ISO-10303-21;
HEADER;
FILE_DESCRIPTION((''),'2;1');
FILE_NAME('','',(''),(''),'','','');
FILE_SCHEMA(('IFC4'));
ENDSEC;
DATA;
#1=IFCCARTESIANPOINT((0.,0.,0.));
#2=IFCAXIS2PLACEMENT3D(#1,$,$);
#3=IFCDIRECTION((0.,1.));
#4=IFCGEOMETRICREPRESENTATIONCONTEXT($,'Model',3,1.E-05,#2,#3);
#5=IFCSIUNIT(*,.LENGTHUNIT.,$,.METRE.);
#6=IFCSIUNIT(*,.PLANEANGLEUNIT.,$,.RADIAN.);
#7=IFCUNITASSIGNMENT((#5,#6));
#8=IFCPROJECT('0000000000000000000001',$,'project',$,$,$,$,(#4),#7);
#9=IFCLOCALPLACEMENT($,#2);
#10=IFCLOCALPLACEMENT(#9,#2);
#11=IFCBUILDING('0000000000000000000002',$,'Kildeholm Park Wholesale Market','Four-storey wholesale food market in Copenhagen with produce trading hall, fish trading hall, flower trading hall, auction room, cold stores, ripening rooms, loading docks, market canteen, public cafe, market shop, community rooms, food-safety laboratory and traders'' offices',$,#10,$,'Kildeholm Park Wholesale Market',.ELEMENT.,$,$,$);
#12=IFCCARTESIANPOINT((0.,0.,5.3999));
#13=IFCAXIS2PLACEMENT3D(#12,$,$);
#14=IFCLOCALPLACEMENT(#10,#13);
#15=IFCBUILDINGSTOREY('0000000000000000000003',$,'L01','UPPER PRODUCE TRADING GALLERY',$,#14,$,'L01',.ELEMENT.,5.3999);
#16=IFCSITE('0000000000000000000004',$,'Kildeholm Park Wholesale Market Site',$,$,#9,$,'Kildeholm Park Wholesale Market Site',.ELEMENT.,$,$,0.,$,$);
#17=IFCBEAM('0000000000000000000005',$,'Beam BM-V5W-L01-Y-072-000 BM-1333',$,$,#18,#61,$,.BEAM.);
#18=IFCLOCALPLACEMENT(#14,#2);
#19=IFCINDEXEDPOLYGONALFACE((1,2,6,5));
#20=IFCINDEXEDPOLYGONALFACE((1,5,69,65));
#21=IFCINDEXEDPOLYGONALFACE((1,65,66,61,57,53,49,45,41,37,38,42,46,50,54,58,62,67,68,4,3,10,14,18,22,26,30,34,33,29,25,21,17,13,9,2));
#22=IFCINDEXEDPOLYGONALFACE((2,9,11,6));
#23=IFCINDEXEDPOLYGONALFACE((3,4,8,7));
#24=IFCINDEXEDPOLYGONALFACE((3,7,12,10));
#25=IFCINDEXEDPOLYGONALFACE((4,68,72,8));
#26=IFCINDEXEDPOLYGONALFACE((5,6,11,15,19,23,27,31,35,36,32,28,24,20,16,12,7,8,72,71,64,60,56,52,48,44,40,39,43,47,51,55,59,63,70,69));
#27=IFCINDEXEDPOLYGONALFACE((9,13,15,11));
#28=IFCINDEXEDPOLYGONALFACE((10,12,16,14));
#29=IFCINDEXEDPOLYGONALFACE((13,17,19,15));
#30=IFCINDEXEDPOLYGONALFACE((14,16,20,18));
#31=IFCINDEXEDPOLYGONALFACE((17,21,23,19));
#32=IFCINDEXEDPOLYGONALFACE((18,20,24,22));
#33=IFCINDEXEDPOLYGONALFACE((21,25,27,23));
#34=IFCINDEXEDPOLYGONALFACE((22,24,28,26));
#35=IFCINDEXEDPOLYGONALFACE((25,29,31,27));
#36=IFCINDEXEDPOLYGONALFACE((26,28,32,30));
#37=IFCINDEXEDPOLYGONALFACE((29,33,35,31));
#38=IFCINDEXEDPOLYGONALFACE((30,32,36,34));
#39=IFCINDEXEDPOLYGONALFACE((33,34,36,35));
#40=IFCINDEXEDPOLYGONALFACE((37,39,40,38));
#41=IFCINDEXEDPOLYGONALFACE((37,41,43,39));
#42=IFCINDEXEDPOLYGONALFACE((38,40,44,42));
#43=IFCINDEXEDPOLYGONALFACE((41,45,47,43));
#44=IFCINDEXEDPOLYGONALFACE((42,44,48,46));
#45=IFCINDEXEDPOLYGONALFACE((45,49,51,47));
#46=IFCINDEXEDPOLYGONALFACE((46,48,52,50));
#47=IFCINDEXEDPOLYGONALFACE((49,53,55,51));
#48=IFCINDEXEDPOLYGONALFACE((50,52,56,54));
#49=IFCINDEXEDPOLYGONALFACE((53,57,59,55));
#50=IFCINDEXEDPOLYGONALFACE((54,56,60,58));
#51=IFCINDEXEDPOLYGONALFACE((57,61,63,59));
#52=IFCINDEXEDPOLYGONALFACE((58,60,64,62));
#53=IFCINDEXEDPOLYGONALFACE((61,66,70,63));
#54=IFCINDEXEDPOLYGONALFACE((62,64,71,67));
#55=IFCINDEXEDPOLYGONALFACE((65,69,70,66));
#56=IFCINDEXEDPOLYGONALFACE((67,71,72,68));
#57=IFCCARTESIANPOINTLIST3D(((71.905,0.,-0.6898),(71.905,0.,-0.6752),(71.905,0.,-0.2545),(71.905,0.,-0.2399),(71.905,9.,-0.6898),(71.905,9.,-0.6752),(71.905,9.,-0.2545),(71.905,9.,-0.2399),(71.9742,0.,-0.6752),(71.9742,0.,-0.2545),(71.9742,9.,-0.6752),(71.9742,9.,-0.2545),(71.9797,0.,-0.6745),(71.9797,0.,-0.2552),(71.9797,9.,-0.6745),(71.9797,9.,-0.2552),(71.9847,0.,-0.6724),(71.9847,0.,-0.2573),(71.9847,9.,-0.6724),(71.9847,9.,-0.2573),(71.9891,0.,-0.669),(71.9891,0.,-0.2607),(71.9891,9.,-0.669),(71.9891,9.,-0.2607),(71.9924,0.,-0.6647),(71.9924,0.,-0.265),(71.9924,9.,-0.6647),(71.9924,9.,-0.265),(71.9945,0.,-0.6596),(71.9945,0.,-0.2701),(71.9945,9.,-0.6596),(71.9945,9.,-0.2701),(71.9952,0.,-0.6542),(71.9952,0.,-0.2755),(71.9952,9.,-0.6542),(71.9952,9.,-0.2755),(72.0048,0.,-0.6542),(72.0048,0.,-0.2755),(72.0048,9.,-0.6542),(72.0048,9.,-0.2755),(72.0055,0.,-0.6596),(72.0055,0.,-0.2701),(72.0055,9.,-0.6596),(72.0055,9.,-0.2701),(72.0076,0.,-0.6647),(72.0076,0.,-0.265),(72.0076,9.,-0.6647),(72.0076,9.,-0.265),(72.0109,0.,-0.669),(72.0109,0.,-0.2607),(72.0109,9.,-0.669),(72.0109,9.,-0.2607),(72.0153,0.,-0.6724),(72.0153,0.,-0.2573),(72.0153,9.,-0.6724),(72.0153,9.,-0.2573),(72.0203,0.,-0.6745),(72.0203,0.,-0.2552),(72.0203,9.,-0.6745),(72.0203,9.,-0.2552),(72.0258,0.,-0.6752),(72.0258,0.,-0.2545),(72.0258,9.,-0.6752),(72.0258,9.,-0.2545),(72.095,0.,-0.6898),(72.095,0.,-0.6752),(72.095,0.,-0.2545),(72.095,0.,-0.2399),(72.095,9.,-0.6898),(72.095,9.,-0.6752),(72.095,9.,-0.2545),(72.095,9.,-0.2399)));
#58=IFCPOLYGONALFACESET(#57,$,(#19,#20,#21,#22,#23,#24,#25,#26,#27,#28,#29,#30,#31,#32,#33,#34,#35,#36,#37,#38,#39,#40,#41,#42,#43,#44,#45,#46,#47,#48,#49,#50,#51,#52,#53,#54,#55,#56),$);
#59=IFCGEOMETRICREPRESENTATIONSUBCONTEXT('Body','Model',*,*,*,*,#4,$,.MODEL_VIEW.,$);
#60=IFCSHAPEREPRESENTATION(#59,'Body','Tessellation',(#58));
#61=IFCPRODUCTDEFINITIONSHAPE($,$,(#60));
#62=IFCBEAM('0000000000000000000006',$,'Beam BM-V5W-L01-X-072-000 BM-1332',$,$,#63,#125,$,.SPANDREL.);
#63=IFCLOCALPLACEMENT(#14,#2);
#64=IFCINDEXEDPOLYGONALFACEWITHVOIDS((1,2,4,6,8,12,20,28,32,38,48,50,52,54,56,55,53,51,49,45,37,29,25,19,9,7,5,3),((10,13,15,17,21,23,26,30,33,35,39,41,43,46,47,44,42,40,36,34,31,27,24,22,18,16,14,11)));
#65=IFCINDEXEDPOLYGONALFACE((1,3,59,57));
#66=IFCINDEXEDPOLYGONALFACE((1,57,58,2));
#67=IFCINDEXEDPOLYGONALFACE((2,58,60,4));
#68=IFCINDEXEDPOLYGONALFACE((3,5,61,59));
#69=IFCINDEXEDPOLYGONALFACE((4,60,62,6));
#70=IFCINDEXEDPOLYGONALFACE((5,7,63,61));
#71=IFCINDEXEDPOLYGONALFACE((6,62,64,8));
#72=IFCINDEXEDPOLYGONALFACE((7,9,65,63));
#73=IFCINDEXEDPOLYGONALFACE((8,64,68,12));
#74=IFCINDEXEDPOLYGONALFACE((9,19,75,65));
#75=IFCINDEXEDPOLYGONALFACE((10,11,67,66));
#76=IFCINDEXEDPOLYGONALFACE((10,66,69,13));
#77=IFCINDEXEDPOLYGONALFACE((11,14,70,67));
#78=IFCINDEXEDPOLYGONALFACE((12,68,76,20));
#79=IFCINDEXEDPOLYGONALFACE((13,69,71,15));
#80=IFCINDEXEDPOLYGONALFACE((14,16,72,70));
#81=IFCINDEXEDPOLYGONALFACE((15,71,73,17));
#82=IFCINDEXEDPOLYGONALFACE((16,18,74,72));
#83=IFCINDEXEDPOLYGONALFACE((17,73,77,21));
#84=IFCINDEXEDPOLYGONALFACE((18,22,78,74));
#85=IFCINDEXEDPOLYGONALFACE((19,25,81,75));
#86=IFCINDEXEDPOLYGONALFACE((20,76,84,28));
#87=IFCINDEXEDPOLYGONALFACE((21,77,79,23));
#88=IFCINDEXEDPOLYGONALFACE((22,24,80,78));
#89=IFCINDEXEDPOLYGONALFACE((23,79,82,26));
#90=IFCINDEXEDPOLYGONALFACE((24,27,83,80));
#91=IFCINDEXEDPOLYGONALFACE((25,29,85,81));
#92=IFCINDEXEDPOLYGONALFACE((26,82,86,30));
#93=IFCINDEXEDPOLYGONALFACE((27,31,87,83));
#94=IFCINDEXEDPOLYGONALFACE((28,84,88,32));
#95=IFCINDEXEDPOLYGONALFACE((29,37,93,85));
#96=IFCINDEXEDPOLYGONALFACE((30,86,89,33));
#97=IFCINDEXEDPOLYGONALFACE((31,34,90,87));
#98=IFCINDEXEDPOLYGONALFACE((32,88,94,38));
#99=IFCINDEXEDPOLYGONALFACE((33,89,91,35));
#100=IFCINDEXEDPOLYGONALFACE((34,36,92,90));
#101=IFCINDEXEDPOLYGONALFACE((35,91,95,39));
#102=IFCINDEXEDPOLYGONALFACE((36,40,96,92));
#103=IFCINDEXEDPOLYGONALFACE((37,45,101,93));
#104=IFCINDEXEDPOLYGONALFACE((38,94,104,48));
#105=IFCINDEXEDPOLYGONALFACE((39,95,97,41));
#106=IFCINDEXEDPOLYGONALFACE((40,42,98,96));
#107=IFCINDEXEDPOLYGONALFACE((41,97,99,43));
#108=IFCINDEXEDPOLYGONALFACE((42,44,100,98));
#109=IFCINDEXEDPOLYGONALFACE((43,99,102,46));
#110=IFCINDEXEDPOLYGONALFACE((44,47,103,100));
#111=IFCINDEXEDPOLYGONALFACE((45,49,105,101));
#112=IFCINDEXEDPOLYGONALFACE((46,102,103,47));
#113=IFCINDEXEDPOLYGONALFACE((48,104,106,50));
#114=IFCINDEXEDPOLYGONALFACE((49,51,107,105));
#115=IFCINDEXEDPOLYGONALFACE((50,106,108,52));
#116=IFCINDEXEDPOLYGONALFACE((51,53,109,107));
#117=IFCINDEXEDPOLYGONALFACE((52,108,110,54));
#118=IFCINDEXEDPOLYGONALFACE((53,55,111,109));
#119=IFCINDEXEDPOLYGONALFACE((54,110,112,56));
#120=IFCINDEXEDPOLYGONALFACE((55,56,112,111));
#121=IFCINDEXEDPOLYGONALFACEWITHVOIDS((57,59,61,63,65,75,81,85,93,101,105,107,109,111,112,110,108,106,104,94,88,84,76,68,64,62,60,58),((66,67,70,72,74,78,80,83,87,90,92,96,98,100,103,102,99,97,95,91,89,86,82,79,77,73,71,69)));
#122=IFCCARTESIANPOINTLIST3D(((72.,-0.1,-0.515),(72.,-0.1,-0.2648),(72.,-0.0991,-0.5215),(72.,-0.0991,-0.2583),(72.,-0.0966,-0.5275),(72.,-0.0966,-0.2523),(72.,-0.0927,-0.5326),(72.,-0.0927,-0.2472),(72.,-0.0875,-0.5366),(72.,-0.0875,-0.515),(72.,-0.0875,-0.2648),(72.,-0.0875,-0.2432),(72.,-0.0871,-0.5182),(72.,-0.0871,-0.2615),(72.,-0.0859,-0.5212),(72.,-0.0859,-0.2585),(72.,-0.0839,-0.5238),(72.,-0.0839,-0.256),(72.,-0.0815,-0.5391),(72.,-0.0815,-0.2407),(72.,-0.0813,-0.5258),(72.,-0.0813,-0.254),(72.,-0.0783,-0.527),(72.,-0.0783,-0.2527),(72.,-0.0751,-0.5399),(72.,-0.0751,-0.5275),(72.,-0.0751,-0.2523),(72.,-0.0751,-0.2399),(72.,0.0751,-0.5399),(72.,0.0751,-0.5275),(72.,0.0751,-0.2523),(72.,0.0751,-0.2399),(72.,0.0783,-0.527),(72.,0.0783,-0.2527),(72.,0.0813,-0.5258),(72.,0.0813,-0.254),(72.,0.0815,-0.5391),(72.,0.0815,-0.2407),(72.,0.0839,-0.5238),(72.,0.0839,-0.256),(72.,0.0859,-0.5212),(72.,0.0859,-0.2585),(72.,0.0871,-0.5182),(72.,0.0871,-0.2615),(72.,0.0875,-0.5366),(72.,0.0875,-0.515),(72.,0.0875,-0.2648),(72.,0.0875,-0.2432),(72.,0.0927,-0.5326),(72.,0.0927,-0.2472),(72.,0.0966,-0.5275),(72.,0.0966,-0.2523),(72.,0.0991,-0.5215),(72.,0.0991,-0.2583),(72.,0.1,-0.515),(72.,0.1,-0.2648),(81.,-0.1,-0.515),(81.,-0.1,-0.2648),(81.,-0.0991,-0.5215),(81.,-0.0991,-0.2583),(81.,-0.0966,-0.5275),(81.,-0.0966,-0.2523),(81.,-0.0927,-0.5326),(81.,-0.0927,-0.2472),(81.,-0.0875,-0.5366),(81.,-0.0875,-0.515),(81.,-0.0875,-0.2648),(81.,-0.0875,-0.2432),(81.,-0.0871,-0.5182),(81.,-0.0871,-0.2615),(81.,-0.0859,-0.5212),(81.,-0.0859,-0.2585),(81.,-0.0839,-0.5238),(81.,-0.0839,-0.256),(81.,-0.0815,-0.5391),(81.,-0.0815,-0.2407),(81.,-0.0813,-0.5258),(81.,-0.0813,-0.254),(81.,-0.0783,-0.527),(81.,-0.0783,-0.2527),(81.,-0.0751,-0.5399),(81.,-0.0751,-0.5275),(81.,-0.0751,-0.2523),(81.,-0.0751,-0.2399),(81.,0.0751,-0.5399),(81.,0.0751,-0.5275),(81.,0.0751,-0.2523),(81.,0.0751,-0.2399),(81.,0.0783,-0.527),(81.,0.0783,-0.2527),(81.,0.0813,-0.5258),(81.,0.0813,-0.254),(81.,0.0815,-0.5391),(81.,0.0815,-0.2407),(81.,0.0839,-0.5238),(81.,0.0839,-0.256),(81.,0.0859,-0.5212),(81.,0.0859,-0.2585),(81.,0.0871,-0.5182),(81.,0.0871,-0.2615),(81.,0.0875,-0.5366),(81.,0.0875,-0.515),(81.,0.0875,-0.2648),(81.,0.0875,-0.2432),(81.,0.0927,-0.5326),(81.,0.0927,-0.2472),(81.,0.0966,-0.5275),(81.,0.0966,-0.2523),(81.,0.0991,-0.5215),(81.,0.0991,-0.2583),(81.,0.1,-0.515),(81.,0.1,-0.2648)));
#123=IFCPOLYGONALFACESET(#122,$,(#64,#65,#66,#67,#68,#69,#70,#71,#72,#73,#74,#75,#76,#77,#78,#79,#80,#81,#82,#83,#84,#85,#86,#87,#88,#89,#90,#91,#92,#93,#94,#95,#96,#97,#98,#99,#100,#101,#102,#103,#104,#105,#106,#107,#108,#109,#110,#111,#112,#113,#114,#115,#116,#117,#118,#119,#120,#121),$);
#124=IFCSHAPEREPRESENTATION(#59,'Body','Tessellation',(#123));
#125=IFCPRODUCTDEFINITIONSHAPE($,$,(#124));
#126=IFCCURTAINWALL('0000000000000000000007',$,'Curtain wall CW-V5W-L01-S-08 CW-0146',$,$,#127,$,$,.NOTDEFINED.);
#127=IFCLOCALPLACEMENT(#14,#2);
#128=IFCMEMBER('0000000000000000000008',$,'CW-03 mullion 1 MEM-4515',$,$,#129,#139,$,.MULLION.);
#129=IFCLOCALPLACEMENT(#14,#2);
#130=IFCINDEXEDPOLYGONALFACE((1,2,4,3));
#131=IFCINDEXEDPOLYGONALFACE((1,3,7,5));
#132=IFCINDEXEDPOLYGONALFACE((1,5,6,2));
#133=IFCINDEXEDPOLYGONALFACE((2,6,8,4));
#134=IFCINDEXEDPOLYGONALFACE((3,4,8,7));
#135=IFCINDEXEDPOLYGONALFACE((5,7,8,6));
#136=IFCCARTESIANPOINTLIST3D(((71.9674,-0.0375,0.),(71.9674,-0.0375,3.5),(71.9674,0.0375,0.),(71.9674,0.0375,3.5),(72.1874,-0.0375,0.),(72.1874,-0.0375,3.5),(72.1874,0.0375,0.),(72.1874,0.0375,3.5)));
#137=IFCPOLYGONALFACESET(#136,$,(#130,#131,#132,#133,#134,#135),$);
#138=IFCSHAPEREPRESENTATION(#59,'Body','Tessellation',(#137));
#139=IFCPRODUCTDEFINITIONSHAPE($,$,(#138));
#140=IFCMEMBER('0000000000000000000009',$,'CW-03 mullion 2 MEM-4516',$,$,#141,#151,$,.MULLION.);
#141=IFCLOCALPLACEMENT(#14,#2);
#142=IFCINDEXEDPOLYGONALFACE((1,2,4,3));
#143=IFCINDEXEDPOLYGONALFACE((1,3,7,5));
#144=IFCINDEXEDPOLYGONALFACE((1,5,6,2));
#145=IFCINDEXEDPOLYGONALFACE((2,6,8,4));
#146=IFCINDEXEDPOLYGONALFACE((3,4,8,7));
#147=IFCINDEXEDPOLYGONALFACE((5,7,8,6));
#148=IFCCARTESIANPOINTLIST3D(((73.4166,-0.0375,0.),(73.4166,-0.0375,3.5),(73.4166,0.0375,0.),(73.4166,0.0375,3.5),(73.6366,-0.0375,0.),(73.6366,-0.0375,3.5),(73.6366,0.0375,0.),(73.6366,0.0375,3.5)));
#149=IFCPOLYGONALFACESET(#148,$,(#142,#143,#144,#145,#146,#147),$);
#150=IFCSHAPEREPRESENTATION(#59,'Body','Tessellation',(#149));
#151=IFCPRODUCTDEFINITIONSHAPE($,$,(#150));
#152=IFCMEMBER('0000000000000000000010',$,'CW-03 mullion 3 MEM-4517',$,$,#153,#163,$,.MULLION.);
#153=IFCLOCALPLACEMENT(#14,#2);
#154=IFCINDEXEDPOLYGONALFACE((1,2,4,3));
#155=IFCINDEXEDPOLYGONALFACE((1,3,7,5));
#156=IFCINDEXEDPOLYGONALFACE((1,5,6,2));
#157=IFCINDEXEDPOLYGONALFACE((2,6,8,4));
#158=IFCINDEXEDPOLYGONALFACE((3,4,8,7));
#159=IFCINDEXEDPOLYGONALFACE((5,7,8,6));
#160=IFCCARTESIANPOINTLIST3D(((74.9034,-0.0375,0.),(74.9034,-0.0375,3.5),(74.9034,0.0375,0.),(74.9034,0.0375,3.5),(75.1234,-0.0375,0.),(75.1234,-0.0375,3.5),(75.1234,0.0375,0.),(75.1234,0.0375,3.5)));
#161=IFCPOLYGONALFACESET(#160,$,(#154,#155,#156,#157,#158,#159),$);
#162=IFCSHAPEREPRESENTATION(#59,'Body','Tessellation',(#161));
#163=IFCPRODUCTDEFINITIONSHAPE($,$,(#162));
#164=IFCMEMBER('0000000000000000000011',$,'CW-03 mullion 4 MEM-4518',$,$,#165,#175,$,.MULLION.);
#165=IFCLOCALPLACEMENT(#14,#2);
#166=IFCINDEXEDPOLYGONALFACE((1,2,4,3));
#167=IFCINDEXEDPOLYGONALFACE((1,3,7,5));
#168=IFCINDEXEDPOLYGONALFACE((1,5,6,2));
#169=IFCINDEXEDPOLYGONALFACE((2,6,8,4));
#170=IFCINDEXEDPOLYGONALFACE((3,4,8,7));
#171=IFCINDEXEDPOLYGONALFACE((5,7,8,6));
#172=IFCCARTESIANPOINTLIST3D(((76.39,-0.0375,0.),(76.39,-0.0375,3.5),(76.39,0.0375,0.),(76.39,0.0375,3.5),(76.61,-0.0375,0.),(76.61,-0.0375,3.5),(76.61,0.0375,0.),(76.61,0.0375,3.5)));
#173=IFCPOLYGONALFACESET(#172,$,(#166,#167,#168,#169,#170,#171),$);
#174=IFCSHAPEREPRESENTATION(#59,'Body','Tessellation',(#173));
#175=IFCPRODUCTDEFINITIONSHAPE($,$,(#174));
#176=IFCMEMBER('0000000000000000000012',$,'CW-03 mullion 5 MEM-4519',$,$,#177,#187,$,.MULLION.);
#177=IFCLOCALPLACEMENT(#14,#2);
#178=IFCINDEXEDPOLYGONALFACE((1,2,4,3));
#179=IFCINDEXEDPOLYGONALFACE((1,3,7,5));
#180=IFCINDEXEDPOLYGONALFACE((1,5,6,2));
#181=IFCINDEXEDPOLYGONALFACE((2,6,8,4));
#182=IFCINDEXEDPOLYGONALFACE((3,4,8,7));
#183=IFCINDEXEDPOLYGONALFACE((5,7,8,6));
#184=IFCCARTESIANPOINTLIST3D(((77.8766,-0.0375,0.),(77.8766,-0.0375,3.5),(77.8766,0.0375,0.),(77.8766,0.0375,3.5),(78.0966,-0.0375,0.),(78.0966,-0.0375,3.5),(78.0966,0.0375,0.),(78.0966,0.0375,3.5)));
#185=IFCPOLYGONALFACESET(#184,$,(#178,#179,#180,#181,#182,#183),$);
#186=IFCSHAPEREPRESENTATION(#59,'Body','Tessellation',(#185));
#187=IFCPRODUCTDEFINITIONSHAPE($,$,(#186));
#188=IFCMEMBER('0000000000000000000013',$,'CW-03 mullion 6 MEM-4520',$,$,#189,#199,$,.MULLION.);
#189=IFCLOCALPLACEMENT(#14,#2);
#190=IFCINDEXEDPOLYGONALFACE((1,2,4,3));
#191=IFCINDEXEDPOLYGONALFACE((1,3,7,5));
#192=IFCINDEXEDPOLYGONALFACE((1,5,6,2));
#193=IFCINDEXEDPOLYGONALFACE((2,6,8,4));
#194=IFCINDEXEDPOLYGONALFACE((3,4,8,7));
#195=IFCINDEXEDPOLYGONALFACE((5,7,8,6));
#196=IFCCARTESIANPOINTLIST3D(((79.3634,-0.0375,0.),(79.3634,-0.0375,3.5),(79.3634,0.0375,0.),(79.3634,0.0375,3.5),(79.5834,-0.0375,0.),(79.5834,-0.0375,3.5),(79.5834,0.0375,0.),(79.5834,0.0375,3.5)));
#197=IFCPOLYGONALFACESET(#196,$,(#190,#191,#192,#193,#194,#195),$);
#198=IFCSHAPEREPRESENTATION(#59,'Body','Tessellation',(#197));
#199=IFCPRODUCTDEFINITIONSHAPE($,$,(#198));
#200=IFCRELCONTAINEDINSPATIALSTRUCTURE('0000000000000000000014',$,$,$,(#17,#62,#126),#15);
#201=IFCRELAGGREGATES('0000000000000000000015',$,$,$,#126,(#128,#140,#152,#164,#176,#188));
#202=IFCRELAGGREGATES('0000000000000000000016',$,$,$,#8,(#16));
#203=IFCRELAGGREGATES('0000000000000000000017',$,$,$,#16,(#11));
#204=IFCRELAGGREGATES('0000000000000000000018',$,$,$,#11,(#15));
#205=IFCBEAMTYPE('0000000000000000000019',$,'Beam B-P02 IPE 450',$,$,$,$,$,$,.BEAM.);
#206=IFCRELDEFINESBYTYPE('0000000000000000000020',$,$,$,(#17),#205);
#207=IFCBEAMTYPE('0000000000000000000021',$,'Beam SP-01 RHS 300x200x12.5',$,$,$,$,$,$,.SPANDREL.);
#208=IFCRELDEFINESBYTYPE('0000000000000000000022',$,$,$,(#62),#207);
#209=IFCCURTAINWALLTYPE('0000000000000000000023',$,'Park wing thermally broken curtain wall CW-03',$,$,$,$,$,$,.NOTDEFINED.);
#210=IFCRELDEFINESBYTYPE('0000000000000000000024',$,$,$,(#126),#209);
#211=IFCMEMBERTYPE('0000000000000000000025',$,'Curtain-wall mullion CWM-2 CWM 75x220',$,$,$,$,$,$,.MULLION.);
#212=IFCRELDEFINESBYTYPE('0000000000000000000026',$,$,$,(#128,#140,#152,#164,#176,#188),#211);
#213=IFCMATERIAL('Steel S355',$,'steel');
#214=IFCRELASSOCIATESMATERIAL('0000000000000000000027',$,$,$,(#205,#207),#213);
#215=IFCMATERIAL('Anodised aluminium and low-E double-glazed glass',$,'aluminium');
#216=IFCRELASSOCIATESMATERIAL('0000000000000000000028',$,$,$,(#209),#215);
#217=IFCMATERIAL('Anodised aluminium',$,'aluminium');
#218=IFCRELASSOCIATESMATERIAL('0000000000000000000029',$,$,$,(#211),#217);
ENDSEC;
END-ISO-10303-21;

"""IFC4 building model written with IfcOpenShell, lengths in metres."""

from ifc_helpers import new_model, si_unit, direction, frame, origin, origin_2d, place, context, subcontext, project, spatial, rectangle, hollow_rectangle, i_section, extrude, material, material_profile, profile_set, type_object, element, aggregate, save


model = new_model("IFC4")

# Units and contexts
model_context = context("Model", 3, precision=1e-05, world=origin(), true_north=direction((0.0, 1.0)))
body_context = subcontext(model_context, "Body", "Model", "MODEL_VIEW")
ifc_project = project(units=[si_unit("LENGTHUNIT", "METRE"), si_unit("PLANEANGLEUNIT", "RADIAN")], contexts=[model_context])

# Site, building, storey
site_placement = place(None, origin())
site = spatial("IfcSite", under=ifc_project, at=site_placement, Name="Kildeholm Park Wholesale Market Site", LongName="Kildeholm Park Wholesale Market Site", CompositionType="ELEMENT", RefElevation=0.0)
building_placement = place(site_placement, origin())
building = spatial("IfcBuilding", under=site, at=building_placement, Name="Kildeholm Park Wholesale Market", Description="Four-storey wholesale food market in Copenhagen with produce trading hall, fish trading hall, flower trading hall, auction room, cold stores, ripening rooms, loading docks, market canteen, public cafe, market shop, community rooms, food-safety laboratory and traders' offices", LongName="Kildeholm Park Wholesale Market", CompositionType="ELEMENT")
storey_placement = place(building_placement, frame((0.0, 0.0, 5.3999)))
storey = spatial("IfcBuildingStorey", under=building, at=storey_placement, Name="L01", Description="UPPER PRODUCE TRADING GALLERY", LongName="L01", CompositionType="ELEMENT", Elevation=5.3999)

# Beams
ifc_material_1 = material(Name="Steel S355", Category="steel")
ifc_material_profile_1 = material_profile(ifc_material_1, i_section(OverallWidth=0.1899, OverallDepth=0.45, WebThickness=0.0095, FlangeThickness=0.0146, FilletRadius=0.021, at=origin_2d()), Name="IPE 450")
ifc_profile_set_1 = profile_set([ifc_material_profile_1], Name="Steel S355")
beam_type_1 = type_object("IfcBeamType", Name="Beam B-P02 IPE 450", PredefinedType="BEAM", material=ifc_profile_set_1)
beam_1_placement = place(storey_placement, frame((72.0, 0.0, -0.4648), z_axis=(0.0, 1.0, 0.0), x_axis=(-1.0, 0.0, 0.0)))
element("IfcBeam", 1, at=beam_1_placement, inside=storey, type_object=beam_type_1, Name="Beam BM-V5W-L01-Y-072-000 BM-1333", PredefinedType="BEAM", context=body_context, shape_type="SweptSolid", body=[
    extrude(i_section(OverallWidth=0.1899, OverallDepth=0.45, WebThickness=0.0095, FlangeThickness=0.0146, FilletRadius=0.021, at=origin_2d()), origin(), (0.0, 0.0, 1.0), 9.0),
])
ifc_material_profile_2 = material_profile(ifc_material_1, hollow_rectangle(XDim=0.2, YDim=0.3, WallThickness=0.0125, InnerFilletRadius=0.0125, OuterFilletRadius=0.0249, at=origin_2d()), Name="RHS 300x200x12.5")
ifc_profile_set_2 = profile_set([ifc_material_profile_2], Name="Steel S355")
beam_type_2 = type_object("IfcBeamType", Name="Beam SP-01 RHS 300x200x12.5", PredefinedType="SPANDREL", material=ifc_profile_set_2)
beam_2_placement = place(storey_placement, frame((72.0, 0.0, -0.3899), z_axis=(1.0, 0.0, 0.0), x_axis=(0.0, 1.0, 0.0)))
element("IfcBeam", 2, at=beam_2_placement, inside=storey, type_object=beam_type_2, Name="Beam BM-V5W-L01-X-072-000 BM-1332", PredefinedType="SPANDREL", context=body_context, shape_type="SweptSolid", body=[
    extrude(hollow_rectangle(XDim=0.2, YDim=0.3, WallThickness=0.0125, InnerFilletRadius=0.0125, OuterFilletRadius=0.0249, at=origin_2d()), origin(), (0.0, 0.0, 1.0), 9.0),
])

# Curtain wall, members
ifc_material_2 = material(Name="Anodised aluminium and low-E double-glazed glass", Category="aluminium")
curtain_wall_type = type_object("IfcCurtainWallType", Name="Park wing thermally broken curtain wall CW-03", PredefinedType="NOTDEFINED", material=ifc_material_2)
curtain_wall_placement = place(storey_placement, origin())
curtain_wall = element("IfcCurtainWall", 3, at=curtain_wall_placement, inside=storey, type_object=curtain_wall_type, Name="Curtain wall CW-V5W-L01-S-08 CW-0146", PredefinedType="NOTDEFINED")
ifc_material_3 = material(Name="Anodised aluminium", Category="aluminium")
ifc_material_profile_3 = material_profile(ifc_material_3, rectangle(XDim=0.075, YDim=0.22, at=origin_2d()), Name="CWM 75x220")
ifc_profile_set_3 = profile_set([ifc_material_profile_3], Name="Anodised aluminium")
member_type_1 = type_object("IfcMemberType", Name="Curtain-wall mullion CWM-2 CWM 75x220", PredefinedType="MULLION", material=ifc_profile_set_3)
member_1_placement = place(storey_placement, frame((72.0774, 0.0, 0.0), z_axis=(0.0, 0.0, 1.0), x_axis=(0.0, 1.0, 0.0)))
member_1 = element("IfcMember", 4, at=member_1_placement, type_object=member_type_1, Name="CW-03 mullion 1 MEM-4515", PredefinedType="MULLION", context=body_context, shape_type="SweptSolid", body=[
    extrude(rectangle(XDim=0.075, YDim=0.22, at=origin_2d()), origin(), (0.0, 0.0, 1.0), 3.5),
])
member_2_placement = place(storey_placement, frame((73.5266, 0.0, 0.0), z_axis=(0.0, 0.0, 1.0), x_axis=(0.0, 1.0, 0.0)))
member_2 = element("IfcMember", 5, at=member_2_placement, type_object=member_type_1, Name="CW-03 mullion 2 MEM-4516", PredefinedType="MULLION", context=body_context, shape_type="SweptSolid", body=[
    extrude(rectangle(XDim=0.075, YDim=0.22, at=origin_2d()), origin(), (0.0, 0.0, 1.0), 3.5),
])
member_3_placement = place(storey_placement, frame((75.0134, 0.0, 0.0), z_axis=(0.0, 0.0, 1.0), x_axis=(0.0, 1.0, 0.0)))
member_3 = element("IfcMember", 6, at=member_3_placement, type_object=member_type_1, Name="CW-03 mullion 3 MEM-4517", PredefinedType="MULLION", context=body_context, shape_type="SweptSolid", body=[
    extrude(rectangle(XDim=0.075, YDim=0.22, at=origin_2d()), origin(), (0.0, 0.0, 1.0), 3.5),
])
member_4_placement = place(storey_placement, frame((76.5, 0.0, 0.0), z_axis=(0.0, 0.0, 1.0), x_axis=(0.0, 1.0, 0.0)))
member_4 = element("IfcMember", 7, at=member_4_placement, type_object=member_type_1, Name="CW-03 mullion 4 MEM-4518", PredefinedType="MULLION", context=body_context, shape_type="SweptSolid", body=[
    extrude(rectangle(XDim=0.075, YDim=0.22, at=origin_2d()), origin(), (0.0, 0.0, 1.0), 3.5),
])
member_5_placement = place(storey_placement, frame((77.9866, 0.0, 0.0), z_axis=(0.0, 0.0, 1.0), x_axis=(0.0, 1.0, 0.0)))
member_5 = element("IfcMember", 8, at=member_5_placement, type_object=member_type_1, Name="CW-03 mullion 5 MEM-4519", PredefinedType="MULLION", context=body_context, shape_type="SweptSolid", body=[
    extrude(rectangle(XDim=0.075, YDim=0.22, at=origin_2d()), origin(), (0.0, 0.0, 1.0), 3.5),
])
member_6_placement = place(storey_placement, frame((79.4734, 0.0, 0.0), z_axis=(0.0, 0.0, 1.0), x_axis=(0.0, 1.0, 0.0)))
member_6 = element("IfcMember", 9, at=member_6_placement, type_object=member_type_1, Name="CW-03 mullion 6 MEM-4520", PredefinedType="MULLION", context=body_context, shape_type="SweptSolid", body=[
    extrude(rectangle(XDim=0.075, YDim=0.22, at=origin_2d()), origin(), (0.0, 0.0, 1.0), 3.5),
])
aggregate(curtain_wall, [member_1, member_2, member_3, member_4, member_5, member_6])

save(model, "model.ifc")
